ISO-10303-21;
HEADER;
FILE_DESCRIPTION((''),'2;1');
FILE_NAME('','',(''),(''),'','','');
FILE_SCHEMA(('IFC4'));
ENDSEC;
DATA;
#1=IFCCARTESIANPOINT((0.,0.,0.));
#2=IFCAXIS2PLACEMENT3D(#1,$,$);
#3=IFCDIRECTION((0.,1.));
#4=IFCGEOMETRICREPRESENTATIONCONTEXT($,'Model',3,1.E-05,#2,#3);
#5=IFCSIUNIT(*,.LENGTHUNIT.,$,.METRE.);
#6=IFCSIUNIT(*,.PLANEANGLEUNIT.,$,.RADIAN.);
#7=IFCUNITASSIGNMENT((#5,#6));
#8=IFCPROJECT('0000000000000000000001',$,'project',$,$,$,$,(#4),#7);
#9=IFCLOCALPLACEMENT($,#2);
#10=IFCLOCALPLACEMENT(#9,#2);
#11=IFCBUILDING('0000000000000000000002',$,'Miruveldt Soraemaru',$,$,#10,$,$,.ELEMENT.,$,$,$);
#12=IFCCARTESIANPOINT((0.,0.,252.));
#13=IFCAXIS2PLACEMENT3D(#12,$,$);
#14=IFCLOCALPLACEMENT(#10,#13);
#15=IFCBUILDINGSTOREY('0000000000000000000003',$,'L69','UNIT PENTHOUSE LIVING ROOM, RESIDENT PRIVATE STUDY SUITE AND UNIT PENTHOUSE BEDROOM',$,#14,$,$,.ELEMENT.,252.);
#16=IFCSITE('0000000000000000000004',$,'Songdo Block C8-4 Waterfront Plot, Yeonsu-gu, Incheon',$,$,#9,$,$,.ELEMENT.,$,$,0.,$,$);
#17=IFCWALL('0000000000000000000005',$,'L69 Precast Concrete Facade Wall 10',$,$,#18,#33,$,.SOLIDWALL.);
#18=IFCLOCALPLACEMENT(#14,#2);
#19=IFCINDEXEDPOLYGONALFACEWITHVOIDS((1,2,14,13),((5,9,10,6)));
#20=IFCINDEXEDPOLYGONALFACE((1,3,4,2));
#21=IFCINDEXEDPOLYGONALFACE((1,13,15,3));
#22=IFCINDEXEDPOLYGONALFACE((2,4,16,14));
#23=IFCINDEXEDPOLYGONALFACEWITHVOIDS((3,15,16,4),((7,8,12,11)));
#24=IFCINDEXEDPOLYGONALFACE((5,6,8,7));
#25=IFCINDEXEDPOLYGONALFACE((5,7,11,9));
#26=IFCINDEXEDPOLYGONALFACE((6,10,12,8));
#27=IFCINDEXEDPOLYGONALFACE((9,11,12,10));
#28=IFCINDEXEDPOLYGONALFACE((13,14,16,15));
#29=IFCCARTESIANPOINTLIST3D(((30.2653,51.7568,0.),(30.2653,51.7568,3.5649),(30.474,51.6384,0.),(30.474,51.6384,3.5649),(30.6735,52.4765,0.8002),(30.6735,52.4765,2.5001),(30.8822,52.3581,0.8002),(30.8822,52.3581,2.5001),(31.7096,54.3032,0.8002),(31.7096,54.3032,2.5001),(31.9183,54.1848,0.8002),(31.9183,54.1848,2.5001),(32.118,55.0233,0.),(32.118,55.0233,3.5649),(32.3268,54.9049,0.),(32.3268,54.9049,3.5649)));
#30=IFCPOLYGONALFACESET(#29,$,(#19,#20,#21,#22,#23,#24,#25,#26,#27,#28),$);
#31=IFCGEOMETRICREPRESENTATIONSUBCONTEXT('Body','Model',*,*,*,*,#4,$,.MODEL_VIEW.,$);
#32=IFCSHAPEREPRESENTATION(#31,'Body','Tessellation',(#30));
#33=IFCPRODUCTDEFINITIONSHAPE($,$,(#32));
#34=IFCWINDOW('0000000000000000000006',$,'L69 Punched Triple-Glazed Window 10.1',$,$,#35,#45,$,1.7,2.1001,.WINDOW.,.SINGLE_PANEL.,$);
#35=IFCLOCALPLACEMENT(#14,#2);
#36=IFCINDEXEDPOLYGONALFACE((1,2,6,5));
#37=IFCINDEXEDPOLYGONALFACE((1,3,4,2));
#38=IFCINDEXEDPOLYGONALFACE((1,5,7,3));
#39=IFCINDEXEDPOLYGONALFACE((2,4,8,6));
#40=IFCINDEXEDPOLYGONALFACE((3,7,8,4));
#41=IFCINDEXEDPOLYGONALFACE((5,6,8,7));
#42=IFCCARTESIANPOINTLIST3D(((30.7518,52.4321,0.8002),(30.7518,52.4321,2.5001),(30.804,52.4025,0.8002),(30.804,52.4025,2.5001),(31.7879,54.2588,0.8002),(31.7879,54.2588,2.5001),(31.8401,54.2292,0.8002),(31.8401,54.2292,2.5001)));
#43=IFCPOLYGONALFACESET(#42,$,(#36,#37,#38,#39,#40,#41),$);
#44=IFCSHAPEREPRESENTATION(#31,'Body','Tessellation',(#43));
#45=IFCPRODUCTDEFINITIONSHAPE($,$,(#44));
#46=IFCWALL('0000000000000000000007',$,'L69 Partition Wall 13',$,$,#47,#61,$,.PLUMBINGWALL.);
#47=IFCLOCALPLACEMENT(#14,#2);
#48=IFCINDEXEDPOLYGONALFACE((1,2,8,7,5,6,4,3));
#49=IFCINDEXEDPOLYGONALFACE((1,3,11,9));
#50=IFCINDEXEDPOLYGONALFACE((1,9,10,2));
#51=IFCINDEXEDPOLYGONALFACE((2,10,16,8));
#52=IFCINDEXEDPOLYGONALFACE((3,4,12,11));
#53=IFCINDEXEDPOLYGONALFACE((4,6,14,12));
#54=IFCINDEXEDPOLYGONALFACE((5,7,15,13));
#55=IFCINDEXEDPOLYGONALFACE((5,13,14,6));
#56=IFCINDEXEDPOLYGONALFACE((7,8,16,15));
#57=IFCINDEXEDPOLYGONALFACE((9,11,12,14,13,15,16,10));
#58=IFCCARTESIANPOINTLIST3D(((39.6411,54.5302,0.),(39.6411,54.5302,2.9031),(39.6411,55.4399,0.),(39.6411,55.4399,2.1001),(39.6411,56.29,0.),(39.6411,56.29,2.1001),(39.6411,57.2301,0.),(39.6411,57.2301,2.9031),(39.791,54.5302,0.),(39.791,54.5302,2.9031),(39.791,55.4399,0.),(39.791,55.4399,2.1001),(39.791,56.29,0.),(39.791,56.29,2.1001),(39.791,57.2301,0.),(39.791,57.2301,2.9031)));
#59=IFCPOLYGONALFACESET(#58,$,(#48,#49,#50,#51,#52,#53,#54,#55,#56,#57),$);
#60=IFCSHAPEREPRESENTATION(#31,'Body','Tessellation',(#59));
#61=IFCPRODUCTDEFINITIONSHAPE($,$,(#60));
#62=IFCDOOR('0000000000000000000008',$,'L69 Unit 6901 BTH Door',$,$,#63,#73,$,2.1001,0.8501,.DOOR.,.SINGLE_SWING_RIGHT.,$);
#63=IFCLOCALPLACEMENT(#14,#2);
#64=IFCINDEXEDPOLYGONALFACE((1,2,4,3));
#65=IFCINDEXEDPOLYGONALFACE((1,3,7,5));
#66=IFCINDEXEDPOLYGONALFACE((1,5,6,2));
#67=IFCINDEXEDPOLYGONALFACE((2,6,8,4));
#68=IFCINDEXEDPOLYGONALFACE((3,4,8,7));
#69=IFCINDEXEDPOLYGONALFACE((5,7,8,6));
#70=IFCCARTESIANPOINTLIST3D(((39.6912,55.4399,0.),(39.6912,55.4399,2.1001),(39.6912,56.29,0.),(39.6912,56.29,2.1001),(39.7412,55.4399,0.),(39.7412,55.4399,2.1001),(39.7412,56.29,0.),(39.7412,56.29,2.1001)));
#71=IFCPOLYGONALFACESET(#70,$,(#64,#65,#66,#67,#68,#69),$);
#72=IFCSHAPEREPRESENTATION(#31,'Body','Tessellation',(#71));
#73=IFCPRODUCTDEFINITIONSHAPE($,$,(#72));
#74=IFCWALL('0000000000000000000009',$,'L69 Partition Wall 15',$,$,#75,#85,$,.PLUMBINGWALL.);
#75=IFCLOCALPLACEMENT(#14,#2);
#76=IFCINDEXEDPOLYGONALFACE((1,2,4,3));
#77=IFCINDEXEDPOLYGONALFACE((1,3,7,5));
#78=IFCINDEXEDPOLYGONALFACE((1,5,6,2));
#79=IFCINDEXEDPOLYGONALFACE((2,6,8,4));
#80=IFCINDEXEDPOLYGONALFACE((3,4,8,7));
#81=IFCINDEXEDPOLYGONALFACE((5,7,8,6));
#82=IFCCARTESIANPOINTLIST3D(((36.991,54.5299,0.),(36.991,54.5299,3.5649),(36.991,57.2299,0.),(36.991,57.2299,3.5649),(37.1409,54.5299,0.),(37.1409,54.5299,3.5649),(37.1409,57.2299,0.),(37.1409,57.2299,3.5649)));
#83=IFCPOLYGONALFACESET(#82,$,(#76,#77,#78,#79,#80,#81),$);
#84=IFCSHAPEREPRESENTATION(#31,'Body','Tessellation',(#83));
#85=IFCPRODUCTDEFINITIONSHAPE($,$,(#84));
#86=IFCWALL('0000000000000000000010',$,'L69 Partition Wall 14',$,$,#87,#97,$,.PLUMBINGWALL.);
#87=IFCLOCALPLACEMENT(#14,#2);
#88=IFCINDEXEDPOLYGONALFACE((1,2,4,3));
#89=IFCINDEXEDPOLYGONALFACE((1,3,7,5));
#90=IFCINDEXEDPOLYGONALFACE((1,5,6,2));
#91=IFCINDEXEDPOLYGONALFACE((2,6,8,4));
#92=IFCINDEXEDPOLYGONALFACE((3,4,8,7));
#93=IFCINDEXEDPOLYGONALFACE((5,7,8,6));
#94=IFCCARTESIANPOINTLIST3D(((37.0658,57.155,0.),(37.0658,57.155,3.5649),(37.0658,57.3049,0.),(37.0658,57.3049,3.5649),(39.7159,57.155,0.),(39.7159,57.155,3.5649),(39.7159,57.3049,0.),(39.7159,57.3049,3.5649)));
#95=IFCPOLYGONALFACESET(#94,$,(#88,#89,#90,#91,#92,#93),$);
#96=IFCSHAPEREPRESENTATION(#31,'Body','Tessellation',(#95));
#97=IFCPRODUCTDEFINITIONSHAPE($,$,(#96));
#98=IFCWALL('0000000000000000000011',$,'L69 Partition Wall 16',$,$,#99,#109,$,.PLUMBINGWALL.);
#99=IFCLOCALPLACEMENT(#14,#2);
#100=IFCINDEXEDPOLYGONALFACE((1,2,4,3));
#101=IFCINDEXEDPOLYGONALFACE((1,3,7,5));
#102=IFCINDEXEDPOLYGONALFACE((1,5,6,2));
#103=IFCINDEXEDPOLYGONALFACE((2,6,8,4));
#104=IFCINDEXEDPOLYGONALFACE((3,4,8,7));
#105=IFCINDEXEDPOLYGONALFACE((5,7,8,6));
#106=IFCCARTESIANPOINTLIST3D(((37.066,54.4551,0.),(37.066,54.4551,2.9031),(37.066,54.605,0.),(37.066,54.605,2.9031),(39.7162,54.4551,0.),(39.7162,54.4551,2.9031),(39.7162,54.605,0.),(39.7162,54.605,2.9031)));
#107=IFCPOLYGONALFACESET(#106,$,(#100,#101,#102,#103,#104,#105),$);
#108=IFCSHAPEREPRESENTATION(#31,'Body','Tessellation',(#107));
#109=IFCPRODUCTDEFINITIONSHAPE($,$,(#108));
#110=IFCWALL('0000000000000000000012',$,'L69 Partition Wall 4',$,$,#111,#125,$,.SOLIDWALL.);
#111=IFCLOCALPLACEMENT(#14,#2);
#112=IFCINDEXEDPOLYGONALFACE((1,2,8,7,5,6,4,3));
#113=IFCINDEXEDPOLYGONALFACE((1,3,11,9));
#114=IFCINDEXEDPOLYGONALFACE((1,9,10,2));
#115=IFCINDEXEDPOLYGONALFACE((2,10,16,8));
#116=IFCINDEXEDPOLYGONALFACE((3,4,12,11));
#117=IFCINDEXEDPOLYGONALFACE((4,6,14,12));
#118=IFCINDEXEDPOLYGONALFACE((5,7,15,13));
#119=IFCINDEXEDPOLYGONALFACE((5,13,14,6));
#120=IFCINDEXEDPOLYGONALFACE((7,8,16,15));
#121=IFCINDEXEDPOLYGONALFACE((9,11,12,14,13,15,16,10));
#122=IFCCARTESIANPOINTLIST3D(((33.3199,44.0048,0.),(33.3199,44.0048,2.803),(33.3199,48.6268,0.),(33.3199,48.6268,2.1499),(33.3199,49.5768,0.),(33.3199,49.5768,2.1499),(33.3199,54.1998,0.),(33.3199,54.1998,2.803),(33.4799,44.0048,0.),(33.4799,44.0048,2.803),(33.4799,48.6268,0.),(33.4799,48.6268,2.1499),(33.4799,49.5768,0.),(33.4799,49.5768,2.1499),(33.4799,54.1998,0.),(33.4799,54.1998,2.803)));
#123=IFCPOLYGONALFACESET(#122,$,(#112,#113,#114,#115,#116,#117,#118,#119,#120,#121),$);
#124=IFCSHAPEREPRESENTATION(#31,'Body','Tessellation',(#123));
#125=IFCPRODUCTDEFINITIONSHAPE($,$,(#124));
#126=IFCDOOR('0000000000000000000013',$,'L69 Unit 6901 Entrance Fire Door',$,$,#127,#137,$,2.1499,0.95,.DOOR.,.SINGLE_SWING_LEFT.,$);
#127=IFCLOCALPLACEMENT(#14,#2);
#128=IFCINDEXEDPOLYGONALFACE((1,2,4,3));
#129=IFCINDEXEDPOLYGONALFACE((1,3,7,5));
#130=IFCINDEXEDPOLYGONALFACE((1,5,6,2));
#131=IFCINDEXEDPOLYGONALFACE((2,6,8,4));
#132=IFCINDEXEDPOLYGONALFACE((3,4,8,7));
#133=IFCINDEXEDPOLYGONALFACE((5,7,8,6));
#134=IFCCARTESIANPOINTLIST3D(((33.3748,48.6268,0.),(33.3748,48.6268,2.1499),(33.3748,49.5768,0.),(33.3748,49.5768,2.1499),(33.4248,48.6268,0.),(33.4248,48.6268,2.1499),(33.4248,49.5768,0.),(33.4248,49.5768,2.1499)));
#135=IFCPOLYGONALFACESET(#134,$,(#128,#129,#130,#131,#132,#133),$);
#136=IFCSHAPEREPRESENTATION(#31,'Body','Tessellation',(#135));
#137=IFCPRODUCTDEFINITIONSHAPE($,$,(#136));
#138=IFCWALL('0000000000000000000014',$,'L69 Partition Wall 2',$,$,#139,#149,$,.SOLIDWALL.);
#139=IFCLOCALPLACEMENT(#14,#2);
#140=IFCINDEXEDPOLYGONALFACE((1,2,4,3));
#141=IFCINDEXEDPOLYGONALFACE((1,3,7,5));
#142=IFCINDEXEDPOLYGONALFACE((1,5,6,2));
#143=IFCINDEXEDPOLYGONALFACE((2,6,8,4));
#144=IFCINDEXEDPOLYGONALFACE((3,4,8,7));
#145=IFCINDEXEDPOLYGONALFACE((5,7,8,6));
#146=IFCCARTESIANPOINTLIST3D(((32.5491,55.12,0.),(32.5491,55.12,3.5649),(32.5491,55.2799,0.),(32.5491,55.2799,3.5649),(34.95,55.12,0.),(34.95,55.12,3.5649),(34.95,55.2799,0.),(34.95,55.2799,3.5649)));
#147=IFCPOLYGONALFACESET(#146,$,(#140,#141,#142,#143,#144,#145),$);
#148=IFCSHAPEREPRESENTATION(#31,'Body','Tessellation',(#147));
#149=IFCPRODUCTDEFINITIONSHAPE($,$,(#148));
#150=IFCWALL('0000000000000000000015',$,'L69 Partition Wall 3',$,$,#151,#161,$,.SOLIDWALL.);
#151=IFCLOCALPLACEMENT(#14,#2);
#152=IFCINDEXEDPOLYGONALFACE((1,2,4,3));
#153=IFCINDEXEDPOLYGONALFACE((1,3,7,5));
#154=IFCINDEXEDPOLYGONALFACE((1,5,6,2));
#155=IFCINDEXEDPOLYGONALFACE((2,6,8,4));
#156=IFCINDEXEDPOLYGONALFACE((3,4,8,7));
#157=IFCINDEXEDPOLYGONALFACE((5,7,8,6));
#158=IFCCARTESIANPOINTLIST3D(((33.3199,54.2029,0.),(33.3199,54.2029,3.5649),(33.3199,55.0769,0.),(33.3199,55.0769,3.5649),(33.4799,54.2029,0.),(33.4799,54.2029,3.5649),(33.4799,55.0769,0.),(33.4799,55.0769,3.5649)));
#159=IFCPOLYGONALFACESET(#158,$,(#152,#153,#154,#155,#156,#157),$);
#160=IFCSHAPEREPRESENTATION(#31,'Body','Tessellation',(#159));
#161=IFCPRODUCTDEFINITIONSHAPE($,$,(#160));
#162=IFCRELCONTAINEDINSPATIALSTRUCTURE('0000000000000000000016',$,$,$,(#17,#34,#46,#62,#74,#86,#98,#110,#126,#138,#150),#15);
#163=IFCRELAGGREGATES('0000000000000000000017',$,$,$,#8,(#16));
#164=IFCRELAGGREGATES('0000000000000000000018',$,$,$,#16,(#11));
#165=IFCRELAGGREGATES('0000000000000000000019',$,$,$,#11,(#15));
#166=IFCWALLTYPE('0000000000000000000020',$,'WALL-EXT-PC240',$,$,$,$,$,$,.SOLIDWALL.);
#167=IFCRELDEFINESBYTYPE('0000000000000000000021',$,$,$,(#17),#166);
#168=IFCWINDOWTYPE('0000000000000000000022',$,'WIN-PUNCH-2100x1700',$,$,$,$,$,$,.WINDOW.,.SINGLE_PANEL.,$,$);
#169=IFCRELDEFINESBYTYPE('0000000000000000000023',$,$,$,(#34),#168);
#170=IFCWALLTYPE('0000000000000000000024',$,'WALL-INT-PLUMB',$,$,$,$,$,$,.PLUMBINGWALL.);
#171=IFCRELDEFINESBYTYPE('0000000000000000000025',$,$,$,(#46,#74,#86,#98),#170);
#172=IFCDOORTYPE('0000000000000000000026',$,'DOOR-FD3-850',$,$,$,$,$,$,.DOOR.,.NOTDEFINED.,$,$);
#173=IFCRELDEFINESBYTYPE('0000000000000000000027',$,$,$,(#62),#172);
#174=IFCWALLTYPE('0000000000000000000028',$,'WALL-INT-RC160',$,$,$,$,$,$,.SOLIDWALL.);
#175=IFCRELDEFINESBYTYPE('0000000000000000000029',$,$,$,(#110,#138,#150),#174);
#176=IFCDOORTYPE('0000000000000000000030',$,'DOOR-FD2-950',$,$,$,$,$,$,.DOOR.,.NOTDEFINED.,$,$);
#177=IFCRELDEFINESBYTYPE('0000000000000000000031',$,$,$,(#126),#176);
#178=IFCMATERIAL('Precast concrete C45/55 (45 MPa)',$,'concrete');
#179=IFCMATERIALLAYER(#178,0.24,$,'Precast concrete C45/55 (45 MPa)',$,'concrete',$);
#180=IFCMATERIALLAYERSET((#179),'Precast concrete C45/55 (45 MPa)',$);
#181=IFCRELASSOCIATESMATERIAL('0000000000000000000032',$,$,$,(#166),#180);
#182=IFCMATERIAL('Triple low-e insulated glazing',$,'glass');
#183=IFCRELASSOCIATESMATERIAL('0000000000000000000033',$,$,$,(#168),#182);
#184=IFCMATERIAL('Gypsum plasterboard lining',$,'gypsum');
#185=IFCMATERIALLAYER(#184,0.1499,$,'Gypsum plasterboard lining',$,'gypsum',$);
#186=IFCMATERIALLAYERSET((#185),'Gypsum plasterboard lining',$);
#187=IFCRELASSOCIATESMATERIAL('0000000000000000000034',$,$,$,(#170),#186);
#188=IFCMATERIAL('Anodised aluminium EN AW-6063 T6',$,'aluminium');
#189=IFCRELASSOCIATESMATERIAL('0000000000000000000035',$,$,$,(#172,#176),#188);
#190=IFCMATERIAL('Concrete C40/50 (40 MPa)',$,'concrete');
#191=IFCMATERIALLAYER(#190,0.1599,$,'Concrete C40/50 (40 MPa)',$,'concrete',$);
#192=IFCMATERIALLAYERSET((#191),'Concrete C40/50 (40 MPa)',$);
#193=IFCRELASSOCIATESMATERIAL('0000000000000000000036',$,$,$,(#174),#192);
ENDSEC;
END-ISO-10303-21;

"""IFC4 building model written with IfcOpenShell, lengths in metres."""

from ifc_helpers import new_model, si_unit, direction, frame, frame_2d, origin, place, context, subcontext, project, spatial, rectangle, extrude, material, layer, layer_set, type_object, element, fill, save


model = new_model("IFC4")

# Units and contexts
model_context = context("Model", 3, precision=1e-05, world=origin(), true_north=direction((0.0, 1.0)))
body_context = subcontext(model_context, "Body", "Model", "MODEL_VIEW")
ifc_project = project(units=[si_unit("LENGTHUNIT", "METRE"), si_unit("PLANEANGLEUNIT", "RADIAN")], contexts=[model_context])

# Site, building, storey
site_placement = place(None, origin())
site = spatial("IfcSite", under=ifc_project, at=site_placement, Name="Songdo Block C8-4 Waterfront Plot, Yeonsu-gu, Incheon", CompositionType="ELEMENT", RefElevation=0.0)
building_placement = place(site_placement, origin())
building = spatial("IfcBuilding", under=site, at=building_placement, Name="Miruveldt Soraemaru", CompositionType="ELEMENT")
storey_placement = place(building_placement, frame((0.0, 0.0, 252.0)))
storey = spatial("IfcBuildingStorey", under=building, at=storey_placement, Name="L69", Description="UNIT PENTHOUSE LIVING ROOM, RESIDENT PRIVATE STUDY SUITE AND UNIT PENTHOUSE BEDROOM", CompositionType="ELEMENT", Elevation=252.0)

# Shared definitions
ifc_material_1 = material(Name="Anodised aluminium EN AW-6063 T6", Category="aluminium")

# Wall, opening, window
ifc_material_2 = material(Name="Precast concrete C45/55 (45 MPa)", Category="concrete")
ifc_layer_1 = layer(ifc_material_2, 0.24, Name="Precast concrete C45/55 (45 MPa)", Category="concrete")
ifc_layer_set_1 = layer_set([ifc_layer_1], Name="Precast concrete C45/55 (45 MPa)")
wall_type_1 = type_object("IfcWallType", Name="WALL-EXT-PC240", PredefinedType="SOLIDWALL", material=ifc_layer_set_1)
ifc_material_3 = material(Name="Triple low-e insulated glazing", Category="glass")
window_type_1 = type_object("IfcWindowType", Name="WIN-PUNCH-2100x1700", PartitioningType="SINGLE_PANEL", PredefinedType="WINDOW", material=ifc_material_3)
wall_1_placement = place(storey_placement, frame((32.2224, 54.9641, 0.0), z_axis=(0.0, 0.0, 1.0), x_axis=(-0.493357, -0.869827, 0.0)))
wall_1 = element("IfcWall", 1, at=wall_1_placement, inside=storey, type_object=wall_type_1, Name="L69 Precast Concrete Facade Wall 10", PredefinedType="SOLIDWALL", context=body_context, shape_type="SweptSolid", body=[
    extrude(rectangle(XDim=3.7554, YDim=0.24, at=frame_2d((1.8777, 0.0))), origin(), (0.0, 0.0, 1.0), 3.5649),
])
opening_1_placement = place(wall_1_placement, frame((0.8279, 0.0, 0.8)))
opening_1 = element("IfcOpeningElement", 2, at=opening_1_placement, cuts=wall_1, PredefinedType="OPENING", context=body_context, shape_type="SweptSolid", body=[
    extrude(rectangle(XDim=2.1001, YDim=1.7, at=frame_2d((1.05, 0.8501))), frame((0.0, 0.1299, 0.0), z_axis=(0.0, -1.0, 0.0), x_axis=(1.0, 0.0, 0.0)), (0.0, 0.0, 1.0), 0.26),
])
window_1_placement = place(opening_1_placement, origin())
window_1 = element("IfcWindow", 3, at=window_1_placement, inside=storey, type_object=window_type_1, Name="L69 Punched Triple-Glazed Window 10.1", OverallHeight=1.7, OverallWidth=2.1001, PartitioningType="SINGLE_PANEL", PredefinedType="WINDOW", context=body_context, shape_type="SweptSolid", body=[
    extrude(rectangle(XDim=2.1001, YDim=1.7, at=frame_2d((1.05, 0.8501))), frame((0.0, 0.03, 0.0), z_axis=(0.0, -1.0, 0.0), x_axis=(1.0, 0.0, 0.0)), (0.0, 0.0, 1.0), 0.0601),
])
fill(opening_1, window_1)

# Wall, opening, door
ifc_material_4 = material(Name="Gypsum plasterboard lining", Category="gypsum")
ifc_layer_2 = layer(ifc_material_4, 0.1499, Name="Gypsum plasterboard lining", Category="gypsum")
ifc_layer_set_2 = layer_set([ifc_layer_2], Name="Gypsum plasterboard lining")
wall_type_2 = type_object("IfcWallType", Name="WALL-INT-PLUMB", PredefinedType="PLUMBINGWALL", material=ifc_layer_set_2)
wall_2_placement = place(storey_placement, frame((39.7161, 54.53, 0.0), z_axis=(0.0, 0.0, 1.0), x_axis=(0.0, 1.0, 0.0)))
wall_2 = element("IfcWall", 4, at=wall_2_placement, inside=storey, type_object=wall_type_2, Name="L69 Partition Wall 13", PredefinedType="PLUMBINGWALL", context=body_context, shape_type="SweptSolid", body=[
    extrude(rectangle(XDim=2.7, YDim=0.1499, at=frame_2d((1.3501, 0.0))), origin(), (0.0, 0.0, 1.0), 2.9031),
])
opening_2_placement = place(wall_2_placement, frame((0.9099, 0.0, 0.0)))
opening_2 = element("IfcOpeningElement", 5, at=opening_2_placement, cuts=wall_2, PredefinedType="OPENING", context=body_context, shape_type="SweptSolid", body=[
    extrude(rectangle(XDim=0.8501, YDim=2.1001, at=frame_2d((0.425, 1.05))), frame((0.0, 0.085, 0.0), z_axis=(0.0, -1.0, 0.0), x_axis=(1.0, 0.0, 0.0)), (0.0, 0.0, 1.0), 0.1699),
])
door_type_1 = type_object("IfcDoorType", Name="DOOR-FD3-850", OperationType="NOTDEFINED", PredefinedType="DOOR", material=ifc_material_1)
door_1_placement = place(opening_2_placement, origin())
door_1 = element("IfcDoor", 6, at=door_1_placement, inside=storey, type_object=door_type_1, Name="L69 Unit 6901 BTH Door", OperationType="SINGLE_SWING_RIGHT", OverallHeight=2.1001, OverallWidth=0.8501, PredefinedType="DOOR", context=body_context, shape_type="SweptSolid", body=[
    extrude(rectangle(XDim=0.8501, YDim=2.1001, at=frame_2d((0.425, 1.05))), frame((0.0, 0.0249, 0.0), z_axis=(0.0, -1.0, 0.0), x_axis=(1.0, 0.0, 0.0)), (0.0, 0.0, 1.0), 0.05),
])
fill(opening_2, door_1)

# Walls
wall_3_placement = place(storey_placement, frame((37.0659, 57.23, 0.0), z_axis=(0.0, 0.0, 1.0), x_axis=(0.0, -1.0, 0.0)))
element("IfcWall", 7, at=wall_3_placement, inside=storey, type_object=wall_type_2, Name="L69 Partition Wall 15", PredefinedType="PLUMBINGWALL", context=body_context, shape_type="SweptSolid", body=[
    extrude(rectangle(XDim=2.7, YDim=0.1499, at=frame_2d((1.3501, 0.0))), origin(), (0.0, 0.0, 1.0), 3.5649),
])
wall_4_placement = place(storey_placement, frame((39.7161, 57.23, 0.0), z_axis=(0.0, 0.0, 1.0), x_axis=(-1.0, 0.0, 0.0)))
element("IfcWall", 8, at=wall_4_placement, inside=storey, type_object=wall_type_2, Name="L69 Partition Wall 14", PredefinedType="PLUMBINGWALL", context=body_context, shape_type="SweptSolid", body=[
    extrude(rectangle(XDim=2.6501, YDim=0.1499, at=frame_2d((1.3252, 0.0))), origin(), (0.0, 0.0, 1.0), 3.5649),
])
wall_5_placement = place(storey_placement, frame((37.0659, 54.53, 0.0), z_axis=(0.0, 0.0, 1.0), x_axis=(1.0, 0.0, 0.0)))
element("IfcWall", 9, at=wall_5_placement, inside=storey, type_object=wall_type_2, Name="L69 Partition Wall 16", PredefinedType="PLUMBINGWALL", context=body_context, shape_type="SweptSolid", body=[
    extrude(rectangle(XDim=2.6501, YDim=0.1499, at=frame_2d((1.3252, 0.0))), origin(), (0.0, 0.0, 1.0), 2.9031),
])

# Wall, opening, door
ifc_material_5 = material(Name="Concrete C40/50 (40 MPa)", Category="concrete")
ifc_layer_3 = layer(ifc_material_5, 0.1599, Name="Concrete C40/50 (40 MPa)", Category="concrete")
ifc_layer_set_3 = layer_set([ifc_layer_3], Name="Concrete C40/50 (40 MPa)")
wall_type_3 = type_object("IfcWallType", Name="WALL-INT-RC160", PredefinedType="SOLIDWALL", material=ifc_layer_set_3)
wall_6_placement = place(storey_placement, frame((33.3999, 54.2, 0.0), z_axis=(0.0, 0.0, 1.0), x_axis=(0.0, -1.0, 0.0)))
wall_6 = element("IfcWall", 10, at=wall_6_placement, inside=storey, type_object=wall_type_3, Name="L69 Partition Wall 4", PredefinedType="SOLIDWALL", context=body_context, shape_type="SweptSolid", body=[
    extrude(rectangle(XDim=10.1951, YDim=0.1599, at=frame_2d((5.0977, 0.0))), origin(), (0.0, 0.0, 1.0), 2.803),
])
opening_3_placement = place(wall_6_placement, frame((4.623, 0.0, 0.0)))
opening_3 = element("IfcOpeningElement", 11, at=opening_3_placement, cuts=wall_6, PredefinedType="OPENING", context=body_context, shape_type="SweptSolid", body=[
    extrude(rectangle(XDim=0.95, YDim=2.1499, at=frame_2d((0.4751, 1.075))), frame((0.0, 0.0898, 0.0), z_axis=(0.0, -1.0, 0.0), x_axis=(1.0, 0.0, 0.0)), (0.0, 0.0, 1.0), 0.1799),
])
door_type_2 = type_object("IfcDoorType", Name="DOOR-FD2-950", OperationType="NOTDEFINED", PredefinedType="DOOR", material=ifc_material_1)
door_2_placement = place(opening_3_placement, origin())
door_2 = element("IfcDoor", 12, at=door_2_placement, inside=storey, type_object=door_type_2, Name="L69 Unit 6901 Entrance Fire Door", OperationType="SINGLE_SWING_LEFT", OverallHeight=2.1499, OverallWidth=0.95, PredefinedType="DOOR", context=body_context, shape_type="SweptSolid", body=[
    extrude(rectangle(XDim=0.95, YDim=2.1499, at=frame_2d((0.4751, 1.075))), frame((0.0, 0.0249, 0.0), z_axis=(0.0, -1.0, 0.0), x_axis=(1.0, 0.0, 0.0)), (0.0, 0.0, 1.0), 0.05),
])
fill(opening_3, door_2)

# Walls
wall_7_placement = place(storey_placement, frame((34.95, 55.2, 0.0), z_axis=(0.0, 0.0, 1.0), x_axis=(-1.0, 0.0, 0.0)))
element("IfcWall", 13, at=wall_7_placement, inside=storey, type_object=wall_type_3, Name="L69 Partition Wall 2", PredefinedType="SOLIDWALL", context=body_context, shape_type="SweptSolid", body=[
    extrude(rectangle(XDim=2.4009, YDim=0.1599, at=frame_2d((1.2004, 0.0))), origin(), (0.0, 0.0, 1.0), 3.5649),
])
wall_8_placement = place(storey_placement, frame((33.3999, 55.0769, 0.0), z_axis=(0.0, 0.0, 1.0), x_axis=(0.0, -1.0, 0.0)))
element("IfcWall", 14, at=wall_8_placement, inside=storey, type_object=wall_type_3, Name="L69 Partition Wall 3", PredefinedType="SOLIDWALL", context=body_context, shape_type="SweptSolid", body=[
    extrude(rectangle(XDim=0.874, YDim=0.1599, at=frame_2d((0.437, 0.0))), origin(), (0.0, 0.0, 1.0), 3.5649),
])

save(model, "model.ifc")
